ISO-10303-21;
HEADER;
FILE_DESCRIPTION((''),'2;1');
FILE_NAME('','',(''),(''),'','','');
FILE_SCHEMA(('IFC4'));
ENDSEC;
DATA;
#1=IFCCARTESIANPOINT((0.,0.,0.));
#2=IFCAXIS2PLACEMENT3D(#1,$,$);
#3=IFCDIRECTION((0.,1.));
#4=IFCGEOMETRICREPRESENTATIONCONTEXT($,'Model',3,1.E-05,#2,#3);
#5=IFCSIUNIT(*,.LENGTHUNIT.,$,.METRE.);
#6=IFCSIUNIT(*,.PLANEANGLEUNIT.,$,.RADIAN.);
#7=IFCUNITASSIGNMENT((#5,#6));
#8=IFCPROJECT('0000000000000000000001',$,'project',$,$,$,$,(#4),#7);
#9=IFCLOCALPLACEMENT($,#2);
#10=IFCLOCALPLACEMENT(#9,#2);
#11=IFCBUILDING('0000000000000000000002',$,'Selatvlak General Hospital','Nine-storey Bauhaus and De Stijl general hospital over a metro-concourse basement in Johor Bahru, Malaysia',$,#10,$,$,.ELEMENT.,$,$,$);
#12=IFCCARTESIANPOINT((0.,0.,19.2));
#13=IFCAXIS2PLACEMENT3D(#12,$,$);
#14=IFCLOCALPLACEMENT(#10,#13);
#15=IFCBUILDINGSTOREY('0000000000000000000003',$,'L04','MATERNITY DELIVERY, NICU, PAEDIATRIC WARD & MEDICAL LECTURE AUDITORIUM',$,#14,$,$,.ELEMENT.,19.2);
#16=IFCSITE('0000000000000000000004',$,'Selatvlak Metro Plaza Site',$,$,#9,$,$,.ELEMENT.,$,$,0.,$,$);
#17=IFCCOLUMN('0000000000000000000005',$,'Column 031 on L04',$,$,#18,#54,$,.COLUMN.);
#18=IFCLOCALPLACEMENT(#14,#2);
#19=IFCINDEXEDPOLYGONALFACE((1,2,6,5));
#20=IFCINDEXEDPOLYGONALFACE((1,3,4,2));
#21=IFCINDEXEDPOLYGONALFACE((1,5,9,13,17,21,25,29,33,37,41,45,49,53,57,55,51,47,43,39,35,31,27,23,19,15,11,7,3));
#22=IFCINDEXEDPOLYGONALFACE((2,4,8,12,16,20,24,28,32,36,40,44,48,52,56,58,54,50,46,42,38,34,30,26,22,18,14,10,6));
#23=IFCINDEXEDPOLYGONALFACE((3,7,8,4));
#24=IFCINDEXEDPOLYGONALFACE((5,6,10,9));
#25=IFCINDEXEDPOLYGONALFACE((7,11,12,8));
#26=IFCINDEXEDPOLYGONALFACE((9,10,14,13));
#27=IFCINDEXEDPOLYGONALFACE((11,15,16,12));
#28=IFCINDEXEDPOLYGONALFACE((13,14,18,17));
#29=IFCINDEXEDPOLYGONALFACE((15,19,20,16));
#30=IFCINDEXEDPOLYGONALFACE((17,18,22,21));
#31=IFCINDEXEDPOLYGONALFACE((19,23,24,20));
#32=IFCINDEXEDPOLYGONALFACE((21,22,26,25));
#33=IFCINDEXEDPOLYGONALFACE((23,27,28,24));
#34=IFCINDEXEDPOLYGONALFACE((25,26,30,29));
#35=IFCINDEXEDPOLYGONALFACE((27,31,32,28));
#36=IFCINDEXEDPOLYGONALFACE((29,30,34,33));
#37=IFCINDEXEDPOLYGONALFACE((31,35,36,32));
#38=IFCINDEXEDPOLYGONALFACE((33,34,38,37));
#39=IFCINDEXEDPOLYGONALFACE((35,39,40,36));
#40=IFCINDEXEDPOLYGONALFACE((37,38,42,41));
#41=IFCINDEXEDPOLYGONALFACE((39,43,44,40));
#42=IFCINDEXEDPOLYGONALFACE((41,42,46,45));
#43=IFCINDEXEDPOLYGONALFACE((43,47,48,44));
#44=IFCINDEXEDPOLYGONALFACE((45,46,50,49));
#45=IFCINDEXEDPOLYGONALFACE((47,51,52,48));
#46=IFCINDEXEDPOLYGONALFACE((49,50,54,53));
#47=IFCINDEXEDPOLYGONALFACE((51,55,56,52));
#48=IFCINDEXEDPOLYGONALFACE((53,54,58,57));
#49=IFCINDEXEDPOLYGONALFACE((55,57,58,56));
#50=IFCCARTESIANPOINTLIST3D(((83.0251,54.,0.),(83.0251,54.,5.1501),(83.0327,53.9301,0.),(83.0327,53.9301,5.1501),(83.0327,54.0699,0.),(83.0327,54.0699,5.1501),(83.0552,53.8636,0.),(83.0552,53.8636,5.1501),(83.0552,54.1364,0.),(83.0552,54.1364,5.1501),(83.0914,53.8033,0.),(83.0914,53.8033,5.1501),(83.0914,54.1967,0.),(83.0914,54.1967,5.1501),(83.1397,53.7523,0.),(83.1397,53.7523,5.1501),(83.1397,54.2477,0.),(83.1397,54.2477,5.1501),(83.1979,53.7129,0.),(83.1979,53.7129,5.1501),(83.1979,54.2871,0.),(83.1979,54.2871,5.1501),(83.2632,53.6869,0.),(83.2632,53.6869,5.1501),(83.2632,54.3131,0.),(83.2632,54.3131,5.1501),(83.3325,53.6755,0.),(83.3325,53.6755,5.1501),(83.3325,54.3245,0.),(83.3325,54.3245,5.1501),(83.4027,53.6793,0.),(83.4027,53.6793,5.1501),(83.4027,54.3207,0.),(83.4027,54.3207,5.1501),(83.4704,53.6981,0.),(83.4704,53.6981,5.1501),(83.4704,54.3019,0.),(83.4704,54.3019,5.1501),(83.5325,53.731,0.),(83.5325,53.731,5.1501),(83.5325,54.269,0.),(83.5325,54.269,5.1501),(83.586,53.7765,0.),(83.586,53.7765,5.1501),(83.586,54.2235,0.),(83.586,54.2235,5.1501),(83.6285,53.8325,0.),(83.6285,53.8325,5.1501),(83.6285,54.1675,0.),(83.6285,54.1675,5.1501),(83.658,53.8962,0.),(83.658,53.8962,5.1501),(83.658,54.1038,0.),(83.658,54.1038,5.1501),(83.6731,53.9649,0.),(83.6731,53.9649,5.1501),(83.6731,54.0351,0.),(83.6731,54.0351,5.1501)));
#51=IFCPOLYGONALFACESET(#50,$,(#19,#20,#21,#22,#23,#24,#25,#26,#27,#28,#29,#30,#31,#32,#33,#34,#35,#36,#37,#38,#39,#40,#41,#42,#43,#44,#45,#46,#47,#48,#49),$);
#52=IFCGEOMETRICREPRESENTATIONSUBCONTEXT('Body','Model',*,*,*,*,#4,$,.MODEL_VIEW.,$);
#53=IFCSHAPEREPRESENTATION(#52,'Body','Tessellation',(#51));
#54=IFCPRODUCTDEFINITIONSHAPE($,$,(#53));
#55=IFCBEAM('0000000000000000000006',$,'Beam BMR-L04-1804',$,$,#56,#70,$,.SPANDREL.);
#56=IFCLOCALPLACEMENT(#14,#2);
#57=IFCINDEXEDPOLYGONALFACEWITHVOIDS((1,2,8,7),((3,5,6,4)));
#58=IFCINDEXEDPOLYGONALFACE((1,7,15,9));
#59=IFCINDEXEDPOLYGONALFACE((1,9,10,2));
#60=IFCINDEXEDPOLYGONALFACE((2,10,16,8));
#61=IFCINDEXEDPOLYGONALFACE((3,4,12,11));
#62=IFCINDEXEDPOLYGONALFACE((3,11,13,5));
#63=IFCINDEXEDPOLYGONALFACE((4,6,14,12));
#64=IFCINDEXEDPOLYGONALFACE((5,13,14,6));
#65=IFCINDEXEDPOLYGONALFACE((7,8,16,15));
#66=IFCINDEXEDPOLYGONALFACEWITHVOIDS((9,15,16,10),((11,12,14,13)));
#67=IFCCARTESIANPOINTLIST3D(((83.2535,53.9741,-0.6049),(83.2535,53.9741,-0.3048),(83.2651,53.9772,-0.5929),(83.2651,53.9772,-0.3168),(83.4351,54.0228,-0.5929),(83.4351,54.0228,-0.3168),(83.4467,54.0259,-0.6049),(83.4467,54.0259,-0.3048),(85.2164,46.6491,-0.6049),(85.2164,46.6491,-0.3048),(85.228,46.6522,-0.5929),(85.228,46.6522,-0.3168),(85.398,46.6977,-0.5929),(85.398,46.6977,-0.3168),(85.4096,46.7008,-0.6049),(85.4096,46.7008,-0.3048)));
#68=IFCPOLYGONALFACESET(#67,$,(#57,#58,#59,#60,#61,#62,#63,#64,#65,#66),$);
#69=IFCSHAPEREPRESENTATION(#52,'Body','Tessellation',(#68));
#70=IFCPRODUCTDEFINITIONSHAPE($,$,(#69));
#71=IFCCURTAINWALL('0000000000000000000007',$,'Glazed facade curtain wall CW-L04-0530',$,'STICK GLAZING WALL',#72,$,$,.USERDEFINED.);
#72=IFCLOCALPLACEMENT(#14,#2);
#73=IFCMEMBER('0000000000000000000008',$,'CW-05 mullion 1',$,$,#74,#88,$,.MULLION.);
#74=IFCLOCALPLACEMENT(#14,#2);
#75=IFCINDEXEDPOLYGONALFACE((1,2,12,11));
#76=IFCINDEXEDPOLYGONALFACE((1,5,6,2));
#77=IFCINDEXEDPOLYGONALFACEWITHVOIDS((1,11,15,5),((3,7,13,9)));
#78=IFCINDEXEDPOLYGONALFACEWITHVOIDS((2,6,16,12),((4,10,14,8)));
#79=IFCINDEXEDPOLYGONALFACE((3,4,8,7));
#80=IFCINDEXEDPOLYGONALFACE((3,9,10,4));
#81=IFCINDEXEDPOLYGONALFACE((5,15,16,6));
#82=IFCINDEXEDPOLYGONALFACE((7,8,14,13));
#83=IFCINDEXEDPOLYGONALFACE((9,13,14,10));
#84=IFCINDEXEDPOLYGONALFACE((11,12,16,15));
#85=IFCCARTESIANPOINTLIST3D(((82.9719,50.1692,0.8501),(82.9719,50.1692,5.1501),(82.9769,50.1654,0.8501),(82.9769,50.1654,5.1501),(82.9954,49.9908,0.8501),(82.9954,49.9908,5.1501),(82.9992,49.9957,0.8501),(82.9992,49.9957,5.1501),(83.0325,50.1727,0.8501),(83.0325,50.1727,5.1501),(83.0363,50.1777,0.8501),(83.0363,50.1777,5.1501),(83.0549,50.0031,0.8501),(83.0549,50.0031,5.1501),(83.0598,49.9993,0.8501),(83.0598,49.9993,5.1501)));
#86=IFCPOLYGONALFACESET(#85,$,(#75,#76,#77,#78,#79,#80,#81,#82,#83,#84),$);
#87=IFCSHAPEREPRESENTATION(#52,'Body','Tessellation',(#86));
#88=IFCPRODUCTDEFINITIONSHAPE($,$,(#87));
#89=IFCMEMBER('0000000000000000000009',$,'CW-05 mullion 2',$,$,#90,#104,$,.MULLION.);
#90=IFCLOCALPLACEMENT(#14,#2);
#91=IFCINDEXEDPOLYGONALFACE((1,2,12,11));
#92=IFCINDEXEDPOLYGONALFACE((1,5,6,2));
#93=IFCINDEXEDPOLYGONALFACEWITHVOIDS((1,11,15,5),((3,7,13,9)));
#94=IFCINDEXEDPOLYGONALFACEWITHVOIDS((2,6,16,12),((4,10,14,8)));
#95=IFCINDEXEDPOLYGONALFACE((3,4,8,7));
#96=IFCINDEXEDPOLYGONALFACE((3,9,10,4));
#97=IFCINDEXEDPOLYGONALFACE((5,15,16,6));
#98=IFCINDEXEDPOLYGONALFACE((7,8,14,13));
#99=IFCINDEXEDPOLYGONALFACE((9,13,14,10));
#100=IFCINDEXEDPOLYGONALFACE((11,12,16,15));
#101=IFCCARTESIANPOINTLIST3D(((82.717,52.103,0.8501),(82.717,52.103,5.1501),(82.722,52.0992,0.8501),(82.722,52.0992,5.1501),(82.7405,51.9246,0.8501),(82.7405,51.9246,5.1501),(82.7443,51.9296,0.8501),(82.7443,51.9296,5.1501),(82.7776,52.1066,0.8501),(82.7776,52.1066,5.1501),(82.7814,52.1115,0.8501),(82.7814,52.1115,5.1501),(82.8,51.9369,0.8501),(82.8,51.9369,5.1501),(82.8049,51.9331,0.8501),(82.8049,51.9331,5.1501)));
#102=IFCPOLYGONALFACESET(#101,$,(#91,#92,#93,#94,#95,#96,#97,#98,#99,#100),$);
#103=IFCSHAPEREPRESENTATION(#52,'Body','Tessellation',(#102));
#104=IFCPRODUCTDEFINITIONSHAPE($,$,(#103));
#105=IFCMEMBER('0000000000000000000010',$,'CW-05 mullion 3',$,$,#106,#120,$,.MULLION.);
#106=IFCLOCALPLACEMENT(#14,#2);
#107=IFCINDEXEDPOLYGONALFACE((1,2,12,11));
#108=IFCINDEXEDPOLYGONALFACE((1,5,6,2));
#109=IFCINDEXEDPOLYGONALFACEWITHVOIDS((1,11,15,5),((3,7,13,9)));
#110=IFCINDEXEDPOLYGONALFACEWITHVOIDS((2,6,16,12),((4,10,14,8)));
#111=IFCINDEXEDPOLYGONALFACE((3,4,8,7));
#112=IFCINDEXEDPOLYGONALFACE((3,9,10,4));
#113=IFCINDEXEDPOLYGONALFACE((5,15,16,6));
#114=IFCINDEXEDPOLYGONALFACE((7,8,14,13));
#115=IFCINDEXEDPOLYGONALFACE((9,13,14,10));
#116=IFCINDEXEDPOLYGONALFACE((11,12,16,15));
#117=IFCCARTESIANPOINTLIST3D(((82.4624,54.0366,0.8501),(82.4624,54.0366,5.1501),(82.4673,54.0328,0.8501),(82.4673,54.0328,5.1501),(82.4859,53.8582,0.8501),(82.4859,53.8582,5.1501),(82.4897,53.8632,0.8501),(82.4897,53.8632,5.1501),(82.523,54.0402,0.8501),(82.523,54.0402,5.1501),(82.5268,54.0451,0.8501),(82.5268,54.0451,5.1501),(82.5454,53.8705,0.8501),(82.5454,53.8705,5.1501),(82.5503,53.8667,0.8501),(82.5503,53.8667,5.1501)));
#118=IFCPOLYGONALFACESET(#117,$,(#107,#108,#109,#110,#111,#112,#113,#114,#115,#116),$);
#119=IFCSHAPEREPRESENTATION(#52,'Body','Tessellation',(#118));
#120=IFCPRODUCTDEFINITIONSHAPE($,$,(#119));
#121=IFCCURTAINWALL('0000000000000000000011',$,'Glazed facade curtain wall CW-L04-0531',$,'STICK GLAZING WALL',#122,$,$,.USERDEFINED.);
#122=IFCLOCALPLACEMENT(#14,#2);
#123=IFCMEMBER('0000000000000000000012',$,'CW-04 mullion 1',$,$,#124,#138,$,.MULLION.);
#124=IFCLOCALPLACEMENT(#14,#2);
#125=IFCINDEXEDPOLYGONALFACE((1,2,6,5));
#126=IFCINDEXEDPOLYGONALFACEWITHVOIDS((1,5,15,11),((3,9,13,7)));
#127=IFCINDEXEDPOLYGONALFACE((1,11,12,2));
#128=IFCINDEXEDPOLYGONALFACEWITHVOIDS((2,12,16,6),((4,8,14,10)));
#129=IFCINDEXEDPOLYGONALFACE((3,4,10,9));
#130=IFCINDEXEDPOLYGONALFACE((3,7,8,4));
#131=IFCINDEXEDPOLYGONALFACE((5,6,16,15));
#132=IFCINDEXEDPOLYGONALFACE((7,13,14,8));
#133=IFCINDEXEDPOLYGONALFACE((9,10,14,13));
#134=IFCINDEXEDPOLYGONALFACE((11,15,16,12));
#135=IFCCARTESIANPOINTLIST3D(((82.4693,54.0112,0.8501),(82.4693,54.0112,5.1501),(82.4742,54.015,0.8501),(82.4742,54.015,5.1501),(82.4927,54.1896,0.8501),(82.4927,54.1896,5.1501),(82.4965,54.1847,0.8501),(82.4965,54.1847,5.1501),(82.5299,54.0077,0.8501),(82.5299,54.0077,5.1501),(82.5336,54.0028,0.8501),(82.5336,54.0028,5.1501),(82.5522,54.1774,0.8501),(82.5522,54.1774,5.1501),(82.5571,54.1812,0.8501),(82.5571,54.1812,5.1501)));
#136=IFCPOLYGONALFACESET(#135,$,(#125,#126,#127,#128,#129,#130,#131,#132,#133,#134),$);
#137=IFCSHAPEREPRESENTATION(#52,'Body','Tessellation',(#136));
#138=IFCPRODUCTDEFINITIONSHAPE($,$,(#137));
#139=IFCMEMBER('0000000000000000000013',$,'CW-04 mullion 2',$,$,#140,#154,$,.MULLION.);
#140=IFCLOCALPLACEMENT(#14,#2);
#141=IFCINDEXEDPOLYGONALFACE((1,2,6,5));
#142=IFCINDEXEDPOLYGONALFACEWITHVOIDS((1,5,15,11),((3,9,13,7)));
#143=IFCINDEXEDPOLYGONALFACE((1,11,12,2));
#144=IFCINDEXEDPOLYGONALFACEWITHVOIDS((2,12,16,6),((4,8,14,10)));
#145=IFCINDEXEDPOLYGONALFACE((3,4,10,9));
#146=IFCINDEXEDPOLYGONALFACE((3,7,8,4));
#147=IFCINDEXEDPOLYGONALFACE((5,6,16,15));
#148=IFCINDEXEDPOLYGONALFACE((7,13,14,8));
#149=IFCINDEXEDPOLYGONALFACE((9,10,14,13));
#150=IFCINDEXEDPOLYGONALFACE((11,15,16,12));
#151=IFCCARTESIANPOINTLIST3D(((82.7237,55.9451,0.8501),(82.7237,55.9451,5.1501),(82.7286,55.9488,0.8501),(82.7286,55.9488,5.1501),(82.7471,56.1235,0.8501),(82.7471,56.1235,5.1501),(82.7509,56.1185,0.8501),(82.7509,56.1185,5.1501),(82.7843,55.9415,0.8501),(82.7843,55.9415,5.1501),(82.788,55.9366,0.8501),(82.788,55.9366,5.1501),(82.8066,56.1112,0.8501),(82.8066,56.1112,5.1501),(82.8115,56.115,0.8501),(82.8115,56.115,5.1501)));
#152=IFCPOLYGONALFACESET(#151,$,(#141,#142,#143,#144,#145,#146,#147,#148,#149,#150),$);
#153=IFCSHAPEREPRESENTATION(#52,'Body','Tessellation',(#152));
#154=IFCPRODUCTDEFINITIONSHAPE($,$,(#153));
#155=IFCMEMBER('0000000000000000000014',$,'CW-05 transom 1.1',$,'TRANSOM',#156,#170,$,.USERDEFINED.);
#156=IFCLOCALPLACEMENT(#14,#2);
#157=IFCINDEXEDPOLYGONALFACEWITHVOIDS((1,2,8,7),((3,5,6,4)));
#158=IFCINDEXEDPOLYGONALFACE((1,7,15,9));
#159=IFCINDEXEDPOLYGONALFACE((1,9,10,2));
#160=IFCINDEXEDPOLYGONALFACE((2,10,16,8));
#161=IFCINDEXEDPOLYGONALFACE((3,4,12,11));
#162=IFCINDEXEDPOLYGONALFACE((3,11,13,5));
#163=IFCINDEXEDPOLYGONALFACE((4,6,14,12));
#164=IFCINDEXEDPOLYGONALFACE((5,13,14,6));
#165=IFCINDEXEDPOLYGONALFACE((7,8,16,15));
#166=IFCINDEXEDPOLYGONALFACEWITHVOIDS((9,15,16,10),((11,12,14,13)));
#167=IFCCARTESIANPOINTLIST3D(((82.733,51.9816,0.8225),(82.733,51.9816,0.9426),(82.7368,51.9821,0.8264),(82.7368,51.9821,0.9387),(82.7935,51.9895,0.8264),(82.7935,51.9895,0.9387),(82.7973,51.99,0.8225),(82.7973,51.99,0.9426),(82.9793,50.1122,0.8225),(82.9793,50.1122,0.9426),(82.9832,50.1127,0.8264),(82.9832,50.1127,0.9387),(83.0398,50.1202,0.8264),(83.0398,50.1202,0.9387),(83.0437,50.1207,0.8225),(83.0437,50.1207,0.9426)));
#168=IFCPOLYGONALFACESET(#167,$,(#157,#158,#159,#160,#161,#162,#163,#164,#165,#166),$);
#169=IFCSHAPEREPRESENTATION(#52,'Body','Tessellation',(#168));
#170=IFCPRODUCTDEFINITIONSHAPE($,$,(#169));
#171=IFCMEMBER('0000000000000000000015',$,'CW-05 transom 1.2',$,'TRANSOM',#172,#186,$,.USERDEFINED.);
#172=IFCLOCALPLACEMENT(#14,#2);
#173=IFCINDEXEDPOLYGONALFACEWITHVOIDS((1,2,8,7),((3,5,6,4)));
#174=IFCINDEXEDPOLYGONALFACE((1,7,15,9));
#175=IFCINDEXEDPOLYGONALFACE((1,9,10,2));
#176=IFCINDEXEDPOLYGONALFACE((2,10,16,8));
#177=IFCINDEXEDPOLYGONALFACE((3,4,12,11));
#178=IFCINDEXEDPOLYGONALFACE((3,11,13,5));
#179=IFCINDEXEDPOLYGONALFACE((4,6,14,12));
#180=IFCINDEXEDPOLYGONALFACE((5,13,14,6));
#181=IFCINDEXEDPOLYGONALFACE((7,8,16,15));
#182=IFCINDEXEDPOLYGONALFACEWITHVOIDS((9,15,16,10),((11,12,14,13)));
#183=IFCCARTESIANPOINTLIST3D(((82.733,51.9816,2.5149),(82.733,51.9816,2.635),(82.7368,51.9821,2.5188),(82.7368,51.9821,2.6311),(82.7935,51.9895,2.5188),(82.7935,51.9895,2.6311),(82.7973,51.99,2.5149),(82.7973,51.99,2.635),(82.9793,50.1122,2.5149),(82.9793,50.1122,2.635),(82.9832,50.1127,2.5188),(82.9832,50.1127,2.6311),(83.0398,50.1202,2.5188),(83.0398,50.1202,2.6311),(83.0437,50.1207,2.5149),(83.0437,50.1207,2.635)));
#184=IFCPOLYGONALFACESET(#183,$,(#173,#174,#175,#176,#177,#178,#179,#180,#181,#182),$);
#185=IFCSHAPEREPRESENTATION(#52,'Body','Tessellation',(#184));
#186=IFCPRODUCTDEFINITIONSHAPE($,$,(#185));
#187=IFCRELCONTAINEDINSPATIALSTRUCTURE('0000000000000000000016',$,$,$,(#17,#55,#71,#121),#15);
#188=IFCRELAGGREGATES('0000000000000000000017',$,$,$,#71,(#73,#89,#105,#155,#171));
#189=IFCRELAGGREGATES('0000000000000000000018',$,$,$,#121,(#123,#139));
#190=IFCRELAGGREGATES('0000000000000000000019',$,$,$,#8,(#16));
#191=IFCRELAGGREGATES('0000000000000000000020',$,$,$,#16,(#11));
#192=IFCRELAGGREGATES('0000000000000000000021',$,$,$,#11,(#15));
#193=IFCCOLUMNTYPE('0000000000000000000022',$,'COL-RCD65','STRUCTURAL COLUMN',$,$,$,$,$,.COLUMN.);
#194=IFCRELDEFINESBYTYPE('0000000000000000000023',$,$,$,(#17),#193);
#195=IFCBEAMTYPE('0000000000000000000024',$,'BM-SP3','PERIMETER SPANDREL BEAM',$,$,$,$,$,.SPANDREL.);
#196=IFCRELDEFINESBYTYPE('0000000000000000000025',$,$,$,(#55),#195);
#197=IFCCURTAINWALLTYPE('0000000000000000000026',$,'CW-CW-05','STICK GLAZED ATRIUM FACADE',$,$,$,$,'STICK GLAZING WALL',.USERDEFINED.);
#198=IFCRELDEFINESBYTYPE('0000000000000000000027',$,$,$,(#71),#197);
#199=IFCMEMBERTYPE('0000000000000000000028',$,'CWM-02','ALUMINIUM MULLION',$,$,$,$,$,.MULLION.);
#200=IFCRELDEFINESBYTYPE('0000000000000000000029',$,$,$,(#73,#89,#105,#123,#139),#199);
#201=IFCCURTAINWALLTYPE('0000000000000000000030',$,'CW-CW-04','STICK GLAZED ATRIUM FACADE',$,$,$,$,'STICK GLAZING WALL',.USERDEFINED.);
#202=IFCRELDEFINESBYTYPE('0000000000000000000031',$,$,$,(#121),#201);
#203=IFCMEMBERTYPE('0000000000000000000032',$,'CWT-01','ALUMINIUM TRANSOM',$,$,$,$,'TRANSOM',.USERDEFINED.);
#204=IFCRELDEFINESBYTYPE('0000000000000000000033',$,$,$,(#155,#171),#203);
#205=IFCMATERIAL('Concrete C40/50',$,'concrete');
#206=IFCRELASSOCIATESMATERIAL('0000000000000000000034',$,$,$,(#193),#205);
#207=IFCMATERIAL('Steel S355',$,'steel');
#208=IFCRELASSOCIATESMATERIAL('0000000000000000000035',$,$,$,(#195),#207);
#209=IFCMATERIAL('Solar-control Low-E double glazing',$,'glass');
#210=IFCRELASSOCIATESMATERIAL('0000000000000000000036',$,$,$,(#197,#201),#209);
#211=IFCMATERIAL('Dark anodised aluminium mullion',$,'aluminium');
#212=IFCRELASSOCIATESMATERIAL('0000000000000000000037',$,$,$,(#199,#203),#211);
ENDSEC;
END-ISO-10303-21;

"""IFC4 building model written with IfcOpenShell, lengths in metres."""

from ifc_helpers import new_model, si_unit, direction, frame, origin, origin_2d, place, context, subcontext, project, spatial, hollow_rectangle, circle, extrude, material, material_profile, profile_set, type_object, element, aggregate, save


model = new_model("IFC4")

# Units and contexts
model_context = context("Model", 3, precision=1e-05, world=origin(), true_north=direction((0.0, 1.0)))
body_context = subcontext(model_context, "Body", "Model", "MODEL_VIEW")
ifc_project = project(units=[si_unit("LENGTHUNIT", "METRE"), si_unit("PLANEANGLEUNIT", "RADIAN")], contexts=[model_context])

# Site, building, storey
site_placement = place(None, origin())
site = spatial("IfcSite", under=ifc_project, at=site_placement, Name="Selatvlak Metro Plaza Site", CompositionType="ELEMENT", RefElevation=0.0)
building_placement = place(site_placement, origin())
building = spatial("IfcBuilding", under=site, at=building_placement, Name="Selatvlak General Hospital", Description="Nine-storey Bauhaus and De Stijl general hospital over a metro-concourse basement in Johor Bahru, Malaysia", CompositionType="ELEMENT")
storey_placement = place(building_placement, frame((0.0, 0.0, 19.2)))
storey = spatial("IfcBuildingStorey", under=building, at=storey_placement, Name="L04", Description="MATERNITY DELIVERY, NICU, PAEDIATRIC WARD & MEDICAL LECTURE AUDITORIUM", CompositionType="ELEMENT", Elevation=19.2)

# Column
ifc_material_1 = material(Name="Concrete C40/50", Category="concrete")
ifc_material_profile_1 = material_profile(ifc_material_1, circle(Radius=0.325, at=origin_2d()), Name="RC-COL D650")
ifc_profile_set_1 = profile_set([ifc_material_profile_1], Name="Concrete C40/50")
column_type = type_object("IfcColumnType", Name="COL-RCD65", Description="STRUCTURAL COLUMN", PredefinedType="COLUMN", material=ifc_profile_set_1)
column_placement = place(storey_placement, frame((83.3501, 54.0, 0.0), z_axis=(0.0, 0.0, 1.0), x_axis=(-1.0, 0.0, 0.0)))
element("IfcColumn", 1, at=column_placement, inside=storey, type_object=column_type, Name="Column 031 on L04", PredefinedType="COLUMN", context=body_context, shape_type="SweptSolid", body=[
    extrude(circle(Radius=0.325, at=origin_2d()), origin(), (0.0, 0.0, 1.0), 5.1501),
])

# Beam
ifc_material_2 = material(Name="Steel S355", Category="steel")
ifc_material_profile_2 = material_profile(ifc_material_2, hollow_rectangle(XDim=0.2, YDim=0.3, WallThickness=0.012, at=origin_2d()), Name="RHS 300x200x12")
ifc_profile_set_2 = profile_set([ifc_material_profile_2], Name="Steel S355")
beam_type = type_object("IfcBeamType", Name="BM-SP3", Description="PERIMETER SPANDREL BEAM", PredefinedType="SPANDREL", material=ifc_profile_set_2)
beam_placement = place(storey_placement, frame((83.3501, 54.0, -0.4548), z_axis=(0.258841, -0.96592, 0.0), x_axis=(0.96592, 0.258841, 0.0)))
element("IfcBeam", 2, at=beam_placement, inside=storey, type_object=beam_type, Name="Beam BMR-L04-1804", PredefinedType="SPANDREL", context=body_context, shape_type="SweptSolid", body=[
    extrude(hollow_rectangle(XDim=0.2, YDim=0.3, WallThickness=0.012, at=origin_2d()), origin(), (0.0, 0.0, 1.0), 7.5835),
])

# Curtain walls, members
ifc_material_3 = material(Name="Solar-control Low-E double glazing", Category="glass")
curtain_wall_type_1 = type_object("IfcCurtainWallType", Name="CW-CW-05", Description="STICK GLAZED ATRIUM FACADE", ElementType="STICK GLAZING WALL", PredefinedType="USERDEFINED", material=ifc_material_3)
curtain_wall_1_placement = place(storey_placement, origin())
curtain_wall_1 = element("IfcCurtainWall", 3, at=curtain_wall_1_placement, inside=storey, type_object=curtain_wall_type_1, Name="Glazed facade curtain wall CW-L04-0530", ObjectType="STICK GLAZING WALL", PredefinedType="USERDEFINED")
ifc_material_4 = material(Name="Dark anodised aluminium mullion", Category="aluminium")
ifc_material_profile_3 = material_profile(ifc_material_4, hollow_rectangle(XDim=0.0649, YDim=0.1799, WallThickness=0.0044, at=origin_2d()), Name="AL-MUL 65x180x4.5")
ifc_profile_set_3 = profile_set([ifc_material_profile_3], Name="Dark anodised aluminium mullion")
member_type_1 = type_object("IfcMemberType", Name="CWM-02", Description="ALUMINIUM MULLION", PredefinedType="MULLION", material=ifc_profile_set_3)
member_1_placement = place(storey_placement, frame((83.0159, 50.0842, 0.8501), z_axis=(0.0, 0.0, 1.0), x_axis=(-0.991434, -0.130611, 0.0)))
member_1 = element("IfcMember", 4, at=member_1_placement, type_object=member_type_1, Name="CW-05 mullion 1", PredefinedType="MULLION", context=body_context, shape_type="SweptSolid", body=[
    extrude(hollow_rectangle(XDim=0.0649, YDim=0.1799, WallThickness=0.0044, at=origin_2d()), origin(), (0.0, 0.0, 1.0), 4.3),
])
member_2_placement = place(storey_placement, frame((82.761, 52.0181, 0.8501), z_axis=(0.0, 0.0, 1.0), x_axis=(-0.991434, -0.130611, 0.0)))
member_2 = element("IfcMember", 5, at=member_2_placement, type_object=member_type_1, Name="CW-05 mullion 2", PredefinedType="MULLION", context=body_context, shape_type="SweptSolid", body=[
    extrude(hollow_rectangle(XDim=0.0649, YDim=0.1799, WallThickness=0.0044, at=origin_2d()), origin(), (0.0, 0.0, 1.0), 4.3),
])
member_3_placement = place(storey_placement, frame((82.5063, 53.9517, 0.8501), z_axis=(0.0, 0.0, 1.0), x_axis=(-0.991434, -0.130611, 0.0)))
member_3 = element("IfcMember", 6, at=member_3_placement, type_object=member_type_1, Name="CW-05 mullion 3", PredefinedType="MULLION", context=body_context, shape_type="SweptSolid", body=[
    extrude(hollow_rectangle(XDim=0.0649, YDim=0.1799, WallThickness=0.0044, at=origin_2d()), origin(), (0.0, 0.0, 1.0), 4.3),
])
curtain_wall_type_2 = type_object("IfcCurtainWallType", Name="CW-CW-04", Description="STICK GLAZED ATRIUM FACADE", ElementType="STICK GLAZING WALL", PredefinedType="USERDEFINED", material=ifc_material_3)
curtain_wall_2_placement = place(storey_placement, origin())
curtain_wall_2 = element("IfcCurtainWall", 7, at=curtain_wall_2_placement, inside=storey, type_object=curtain_wall_type_2, Name="Glazed facade curtain wall CW-L04-0531", ObjectType="STICK GLAZING WALL", PredefinedType="USERDEFINED")
member_4_placement = place(storey_placement, frame((82.5132, 54.0962, 0.8501), z_axis=(0.0, 0.0, 1.0), x_axis=(-0.991466, 0.130363, 0.0)))
member_4 = element("IfcMember", 8, at=member_4_placement, type_object=member_type_1, Name="CW-04 mullion 1", PredefinedType="MULLION", context=body_context, shape_type="SweptSolid", body=[
    extrude(hollow_rectangle(XDim=0.0649, YDim=0.1799, WallThickness=0.0044, at=origin_2d()), origin(), (0.0, 0.0, 1.0), 4.3),
])
member_5_placement = place(storey_placement, frame((82.7676, 56.03, 0.8501), z_axis=(0.0, 0.0, 1.0), x_axis=(-0.991466, 0.130363, 0.0)))
member_5 = element("IfcMember", 9, at=member_5_placement, type_object=member_type_1, Name="CW-04 mullion 2", PredefinedType="MULLION", context=body_context, shape_type="SweptSolid", body=[
    extrude(hollow_rectangle(XDim=0.0649, YDim=0.1799, WallThickness=0.0044, at=origin_2d()), origin(), (0.0, 0.0, 1.0), 4.3),
])

# Members
ifc_material_profile_4 = material_profile(ifc_material_4, hollow_rectangle(XDim=0.0649, YDim=0.1201, WallThickness=0.0039, at=origin_2d()), Name="AL-TRN 65x120x4")
ifc_profile_set_4 = profile_set([ifc_material_profile_4], Name="Dark anodised aluminium mullion")
member_type_2 = type_object("IfcMemberType", Name="CWT-01", Description="ALUMINIUM TRANSOM", ElementType="TRANSOM", PredefinedType="USERDEFINED", material=ifc_profile_set_4)
member_6_placement = place(storey_placement, frame((83.0115, 50.1165, 0.8826), z_axis=(-0.130645, 0.991429, 0.0), x_axis=(-0.991429, -0.130645, 0.0)))
member_6 = element("IfcMember", 10, at=member_6_placement, type_object=member_type_2, Name="CW-05 transom 1.1", ObjectType="TRANSOM", PredefinedType="USERDEFINED", context=body_context, shape_type="SweptSolid", body=[
    extrude(hollow_rectangle(XDim=0.0649, YDim=0.1201, WallThickness=0.0039, at=origin_2d()), origin(), (0.0, 0.0, 1.0), 1.8855),
])
member_7_placement = place(storey_placement, frame((83.0115, 50.1165, 2.575), z_axis=(-0.130645, 0.991429, 0.0), x_axis=(-0.991429, -0.130645, 0.0)))
member_7 = element("IfcMember", 11, at=member_7_placement, type_object=member_type_2, Name="CW-05 transom 1.2", ObjectType="TRANSOM", PredefinedType="USERDEFINED", context=body_context, shape_type="SweptSolid", body=[
    extrude(hollow_rectangle(XDim=0.0649, YDim=0.1201, WallThickness=0.0039, at=origin_2d()), origin(), (0.0, 0.0, 1.0), 1.8855),
])

aggregate(curtain_wall_1, [member_1, member_2, member_3, member_6, member_7])
aggregate(curtain_wall_2, [member_4, member_5])

save(model, "model.ifc")
